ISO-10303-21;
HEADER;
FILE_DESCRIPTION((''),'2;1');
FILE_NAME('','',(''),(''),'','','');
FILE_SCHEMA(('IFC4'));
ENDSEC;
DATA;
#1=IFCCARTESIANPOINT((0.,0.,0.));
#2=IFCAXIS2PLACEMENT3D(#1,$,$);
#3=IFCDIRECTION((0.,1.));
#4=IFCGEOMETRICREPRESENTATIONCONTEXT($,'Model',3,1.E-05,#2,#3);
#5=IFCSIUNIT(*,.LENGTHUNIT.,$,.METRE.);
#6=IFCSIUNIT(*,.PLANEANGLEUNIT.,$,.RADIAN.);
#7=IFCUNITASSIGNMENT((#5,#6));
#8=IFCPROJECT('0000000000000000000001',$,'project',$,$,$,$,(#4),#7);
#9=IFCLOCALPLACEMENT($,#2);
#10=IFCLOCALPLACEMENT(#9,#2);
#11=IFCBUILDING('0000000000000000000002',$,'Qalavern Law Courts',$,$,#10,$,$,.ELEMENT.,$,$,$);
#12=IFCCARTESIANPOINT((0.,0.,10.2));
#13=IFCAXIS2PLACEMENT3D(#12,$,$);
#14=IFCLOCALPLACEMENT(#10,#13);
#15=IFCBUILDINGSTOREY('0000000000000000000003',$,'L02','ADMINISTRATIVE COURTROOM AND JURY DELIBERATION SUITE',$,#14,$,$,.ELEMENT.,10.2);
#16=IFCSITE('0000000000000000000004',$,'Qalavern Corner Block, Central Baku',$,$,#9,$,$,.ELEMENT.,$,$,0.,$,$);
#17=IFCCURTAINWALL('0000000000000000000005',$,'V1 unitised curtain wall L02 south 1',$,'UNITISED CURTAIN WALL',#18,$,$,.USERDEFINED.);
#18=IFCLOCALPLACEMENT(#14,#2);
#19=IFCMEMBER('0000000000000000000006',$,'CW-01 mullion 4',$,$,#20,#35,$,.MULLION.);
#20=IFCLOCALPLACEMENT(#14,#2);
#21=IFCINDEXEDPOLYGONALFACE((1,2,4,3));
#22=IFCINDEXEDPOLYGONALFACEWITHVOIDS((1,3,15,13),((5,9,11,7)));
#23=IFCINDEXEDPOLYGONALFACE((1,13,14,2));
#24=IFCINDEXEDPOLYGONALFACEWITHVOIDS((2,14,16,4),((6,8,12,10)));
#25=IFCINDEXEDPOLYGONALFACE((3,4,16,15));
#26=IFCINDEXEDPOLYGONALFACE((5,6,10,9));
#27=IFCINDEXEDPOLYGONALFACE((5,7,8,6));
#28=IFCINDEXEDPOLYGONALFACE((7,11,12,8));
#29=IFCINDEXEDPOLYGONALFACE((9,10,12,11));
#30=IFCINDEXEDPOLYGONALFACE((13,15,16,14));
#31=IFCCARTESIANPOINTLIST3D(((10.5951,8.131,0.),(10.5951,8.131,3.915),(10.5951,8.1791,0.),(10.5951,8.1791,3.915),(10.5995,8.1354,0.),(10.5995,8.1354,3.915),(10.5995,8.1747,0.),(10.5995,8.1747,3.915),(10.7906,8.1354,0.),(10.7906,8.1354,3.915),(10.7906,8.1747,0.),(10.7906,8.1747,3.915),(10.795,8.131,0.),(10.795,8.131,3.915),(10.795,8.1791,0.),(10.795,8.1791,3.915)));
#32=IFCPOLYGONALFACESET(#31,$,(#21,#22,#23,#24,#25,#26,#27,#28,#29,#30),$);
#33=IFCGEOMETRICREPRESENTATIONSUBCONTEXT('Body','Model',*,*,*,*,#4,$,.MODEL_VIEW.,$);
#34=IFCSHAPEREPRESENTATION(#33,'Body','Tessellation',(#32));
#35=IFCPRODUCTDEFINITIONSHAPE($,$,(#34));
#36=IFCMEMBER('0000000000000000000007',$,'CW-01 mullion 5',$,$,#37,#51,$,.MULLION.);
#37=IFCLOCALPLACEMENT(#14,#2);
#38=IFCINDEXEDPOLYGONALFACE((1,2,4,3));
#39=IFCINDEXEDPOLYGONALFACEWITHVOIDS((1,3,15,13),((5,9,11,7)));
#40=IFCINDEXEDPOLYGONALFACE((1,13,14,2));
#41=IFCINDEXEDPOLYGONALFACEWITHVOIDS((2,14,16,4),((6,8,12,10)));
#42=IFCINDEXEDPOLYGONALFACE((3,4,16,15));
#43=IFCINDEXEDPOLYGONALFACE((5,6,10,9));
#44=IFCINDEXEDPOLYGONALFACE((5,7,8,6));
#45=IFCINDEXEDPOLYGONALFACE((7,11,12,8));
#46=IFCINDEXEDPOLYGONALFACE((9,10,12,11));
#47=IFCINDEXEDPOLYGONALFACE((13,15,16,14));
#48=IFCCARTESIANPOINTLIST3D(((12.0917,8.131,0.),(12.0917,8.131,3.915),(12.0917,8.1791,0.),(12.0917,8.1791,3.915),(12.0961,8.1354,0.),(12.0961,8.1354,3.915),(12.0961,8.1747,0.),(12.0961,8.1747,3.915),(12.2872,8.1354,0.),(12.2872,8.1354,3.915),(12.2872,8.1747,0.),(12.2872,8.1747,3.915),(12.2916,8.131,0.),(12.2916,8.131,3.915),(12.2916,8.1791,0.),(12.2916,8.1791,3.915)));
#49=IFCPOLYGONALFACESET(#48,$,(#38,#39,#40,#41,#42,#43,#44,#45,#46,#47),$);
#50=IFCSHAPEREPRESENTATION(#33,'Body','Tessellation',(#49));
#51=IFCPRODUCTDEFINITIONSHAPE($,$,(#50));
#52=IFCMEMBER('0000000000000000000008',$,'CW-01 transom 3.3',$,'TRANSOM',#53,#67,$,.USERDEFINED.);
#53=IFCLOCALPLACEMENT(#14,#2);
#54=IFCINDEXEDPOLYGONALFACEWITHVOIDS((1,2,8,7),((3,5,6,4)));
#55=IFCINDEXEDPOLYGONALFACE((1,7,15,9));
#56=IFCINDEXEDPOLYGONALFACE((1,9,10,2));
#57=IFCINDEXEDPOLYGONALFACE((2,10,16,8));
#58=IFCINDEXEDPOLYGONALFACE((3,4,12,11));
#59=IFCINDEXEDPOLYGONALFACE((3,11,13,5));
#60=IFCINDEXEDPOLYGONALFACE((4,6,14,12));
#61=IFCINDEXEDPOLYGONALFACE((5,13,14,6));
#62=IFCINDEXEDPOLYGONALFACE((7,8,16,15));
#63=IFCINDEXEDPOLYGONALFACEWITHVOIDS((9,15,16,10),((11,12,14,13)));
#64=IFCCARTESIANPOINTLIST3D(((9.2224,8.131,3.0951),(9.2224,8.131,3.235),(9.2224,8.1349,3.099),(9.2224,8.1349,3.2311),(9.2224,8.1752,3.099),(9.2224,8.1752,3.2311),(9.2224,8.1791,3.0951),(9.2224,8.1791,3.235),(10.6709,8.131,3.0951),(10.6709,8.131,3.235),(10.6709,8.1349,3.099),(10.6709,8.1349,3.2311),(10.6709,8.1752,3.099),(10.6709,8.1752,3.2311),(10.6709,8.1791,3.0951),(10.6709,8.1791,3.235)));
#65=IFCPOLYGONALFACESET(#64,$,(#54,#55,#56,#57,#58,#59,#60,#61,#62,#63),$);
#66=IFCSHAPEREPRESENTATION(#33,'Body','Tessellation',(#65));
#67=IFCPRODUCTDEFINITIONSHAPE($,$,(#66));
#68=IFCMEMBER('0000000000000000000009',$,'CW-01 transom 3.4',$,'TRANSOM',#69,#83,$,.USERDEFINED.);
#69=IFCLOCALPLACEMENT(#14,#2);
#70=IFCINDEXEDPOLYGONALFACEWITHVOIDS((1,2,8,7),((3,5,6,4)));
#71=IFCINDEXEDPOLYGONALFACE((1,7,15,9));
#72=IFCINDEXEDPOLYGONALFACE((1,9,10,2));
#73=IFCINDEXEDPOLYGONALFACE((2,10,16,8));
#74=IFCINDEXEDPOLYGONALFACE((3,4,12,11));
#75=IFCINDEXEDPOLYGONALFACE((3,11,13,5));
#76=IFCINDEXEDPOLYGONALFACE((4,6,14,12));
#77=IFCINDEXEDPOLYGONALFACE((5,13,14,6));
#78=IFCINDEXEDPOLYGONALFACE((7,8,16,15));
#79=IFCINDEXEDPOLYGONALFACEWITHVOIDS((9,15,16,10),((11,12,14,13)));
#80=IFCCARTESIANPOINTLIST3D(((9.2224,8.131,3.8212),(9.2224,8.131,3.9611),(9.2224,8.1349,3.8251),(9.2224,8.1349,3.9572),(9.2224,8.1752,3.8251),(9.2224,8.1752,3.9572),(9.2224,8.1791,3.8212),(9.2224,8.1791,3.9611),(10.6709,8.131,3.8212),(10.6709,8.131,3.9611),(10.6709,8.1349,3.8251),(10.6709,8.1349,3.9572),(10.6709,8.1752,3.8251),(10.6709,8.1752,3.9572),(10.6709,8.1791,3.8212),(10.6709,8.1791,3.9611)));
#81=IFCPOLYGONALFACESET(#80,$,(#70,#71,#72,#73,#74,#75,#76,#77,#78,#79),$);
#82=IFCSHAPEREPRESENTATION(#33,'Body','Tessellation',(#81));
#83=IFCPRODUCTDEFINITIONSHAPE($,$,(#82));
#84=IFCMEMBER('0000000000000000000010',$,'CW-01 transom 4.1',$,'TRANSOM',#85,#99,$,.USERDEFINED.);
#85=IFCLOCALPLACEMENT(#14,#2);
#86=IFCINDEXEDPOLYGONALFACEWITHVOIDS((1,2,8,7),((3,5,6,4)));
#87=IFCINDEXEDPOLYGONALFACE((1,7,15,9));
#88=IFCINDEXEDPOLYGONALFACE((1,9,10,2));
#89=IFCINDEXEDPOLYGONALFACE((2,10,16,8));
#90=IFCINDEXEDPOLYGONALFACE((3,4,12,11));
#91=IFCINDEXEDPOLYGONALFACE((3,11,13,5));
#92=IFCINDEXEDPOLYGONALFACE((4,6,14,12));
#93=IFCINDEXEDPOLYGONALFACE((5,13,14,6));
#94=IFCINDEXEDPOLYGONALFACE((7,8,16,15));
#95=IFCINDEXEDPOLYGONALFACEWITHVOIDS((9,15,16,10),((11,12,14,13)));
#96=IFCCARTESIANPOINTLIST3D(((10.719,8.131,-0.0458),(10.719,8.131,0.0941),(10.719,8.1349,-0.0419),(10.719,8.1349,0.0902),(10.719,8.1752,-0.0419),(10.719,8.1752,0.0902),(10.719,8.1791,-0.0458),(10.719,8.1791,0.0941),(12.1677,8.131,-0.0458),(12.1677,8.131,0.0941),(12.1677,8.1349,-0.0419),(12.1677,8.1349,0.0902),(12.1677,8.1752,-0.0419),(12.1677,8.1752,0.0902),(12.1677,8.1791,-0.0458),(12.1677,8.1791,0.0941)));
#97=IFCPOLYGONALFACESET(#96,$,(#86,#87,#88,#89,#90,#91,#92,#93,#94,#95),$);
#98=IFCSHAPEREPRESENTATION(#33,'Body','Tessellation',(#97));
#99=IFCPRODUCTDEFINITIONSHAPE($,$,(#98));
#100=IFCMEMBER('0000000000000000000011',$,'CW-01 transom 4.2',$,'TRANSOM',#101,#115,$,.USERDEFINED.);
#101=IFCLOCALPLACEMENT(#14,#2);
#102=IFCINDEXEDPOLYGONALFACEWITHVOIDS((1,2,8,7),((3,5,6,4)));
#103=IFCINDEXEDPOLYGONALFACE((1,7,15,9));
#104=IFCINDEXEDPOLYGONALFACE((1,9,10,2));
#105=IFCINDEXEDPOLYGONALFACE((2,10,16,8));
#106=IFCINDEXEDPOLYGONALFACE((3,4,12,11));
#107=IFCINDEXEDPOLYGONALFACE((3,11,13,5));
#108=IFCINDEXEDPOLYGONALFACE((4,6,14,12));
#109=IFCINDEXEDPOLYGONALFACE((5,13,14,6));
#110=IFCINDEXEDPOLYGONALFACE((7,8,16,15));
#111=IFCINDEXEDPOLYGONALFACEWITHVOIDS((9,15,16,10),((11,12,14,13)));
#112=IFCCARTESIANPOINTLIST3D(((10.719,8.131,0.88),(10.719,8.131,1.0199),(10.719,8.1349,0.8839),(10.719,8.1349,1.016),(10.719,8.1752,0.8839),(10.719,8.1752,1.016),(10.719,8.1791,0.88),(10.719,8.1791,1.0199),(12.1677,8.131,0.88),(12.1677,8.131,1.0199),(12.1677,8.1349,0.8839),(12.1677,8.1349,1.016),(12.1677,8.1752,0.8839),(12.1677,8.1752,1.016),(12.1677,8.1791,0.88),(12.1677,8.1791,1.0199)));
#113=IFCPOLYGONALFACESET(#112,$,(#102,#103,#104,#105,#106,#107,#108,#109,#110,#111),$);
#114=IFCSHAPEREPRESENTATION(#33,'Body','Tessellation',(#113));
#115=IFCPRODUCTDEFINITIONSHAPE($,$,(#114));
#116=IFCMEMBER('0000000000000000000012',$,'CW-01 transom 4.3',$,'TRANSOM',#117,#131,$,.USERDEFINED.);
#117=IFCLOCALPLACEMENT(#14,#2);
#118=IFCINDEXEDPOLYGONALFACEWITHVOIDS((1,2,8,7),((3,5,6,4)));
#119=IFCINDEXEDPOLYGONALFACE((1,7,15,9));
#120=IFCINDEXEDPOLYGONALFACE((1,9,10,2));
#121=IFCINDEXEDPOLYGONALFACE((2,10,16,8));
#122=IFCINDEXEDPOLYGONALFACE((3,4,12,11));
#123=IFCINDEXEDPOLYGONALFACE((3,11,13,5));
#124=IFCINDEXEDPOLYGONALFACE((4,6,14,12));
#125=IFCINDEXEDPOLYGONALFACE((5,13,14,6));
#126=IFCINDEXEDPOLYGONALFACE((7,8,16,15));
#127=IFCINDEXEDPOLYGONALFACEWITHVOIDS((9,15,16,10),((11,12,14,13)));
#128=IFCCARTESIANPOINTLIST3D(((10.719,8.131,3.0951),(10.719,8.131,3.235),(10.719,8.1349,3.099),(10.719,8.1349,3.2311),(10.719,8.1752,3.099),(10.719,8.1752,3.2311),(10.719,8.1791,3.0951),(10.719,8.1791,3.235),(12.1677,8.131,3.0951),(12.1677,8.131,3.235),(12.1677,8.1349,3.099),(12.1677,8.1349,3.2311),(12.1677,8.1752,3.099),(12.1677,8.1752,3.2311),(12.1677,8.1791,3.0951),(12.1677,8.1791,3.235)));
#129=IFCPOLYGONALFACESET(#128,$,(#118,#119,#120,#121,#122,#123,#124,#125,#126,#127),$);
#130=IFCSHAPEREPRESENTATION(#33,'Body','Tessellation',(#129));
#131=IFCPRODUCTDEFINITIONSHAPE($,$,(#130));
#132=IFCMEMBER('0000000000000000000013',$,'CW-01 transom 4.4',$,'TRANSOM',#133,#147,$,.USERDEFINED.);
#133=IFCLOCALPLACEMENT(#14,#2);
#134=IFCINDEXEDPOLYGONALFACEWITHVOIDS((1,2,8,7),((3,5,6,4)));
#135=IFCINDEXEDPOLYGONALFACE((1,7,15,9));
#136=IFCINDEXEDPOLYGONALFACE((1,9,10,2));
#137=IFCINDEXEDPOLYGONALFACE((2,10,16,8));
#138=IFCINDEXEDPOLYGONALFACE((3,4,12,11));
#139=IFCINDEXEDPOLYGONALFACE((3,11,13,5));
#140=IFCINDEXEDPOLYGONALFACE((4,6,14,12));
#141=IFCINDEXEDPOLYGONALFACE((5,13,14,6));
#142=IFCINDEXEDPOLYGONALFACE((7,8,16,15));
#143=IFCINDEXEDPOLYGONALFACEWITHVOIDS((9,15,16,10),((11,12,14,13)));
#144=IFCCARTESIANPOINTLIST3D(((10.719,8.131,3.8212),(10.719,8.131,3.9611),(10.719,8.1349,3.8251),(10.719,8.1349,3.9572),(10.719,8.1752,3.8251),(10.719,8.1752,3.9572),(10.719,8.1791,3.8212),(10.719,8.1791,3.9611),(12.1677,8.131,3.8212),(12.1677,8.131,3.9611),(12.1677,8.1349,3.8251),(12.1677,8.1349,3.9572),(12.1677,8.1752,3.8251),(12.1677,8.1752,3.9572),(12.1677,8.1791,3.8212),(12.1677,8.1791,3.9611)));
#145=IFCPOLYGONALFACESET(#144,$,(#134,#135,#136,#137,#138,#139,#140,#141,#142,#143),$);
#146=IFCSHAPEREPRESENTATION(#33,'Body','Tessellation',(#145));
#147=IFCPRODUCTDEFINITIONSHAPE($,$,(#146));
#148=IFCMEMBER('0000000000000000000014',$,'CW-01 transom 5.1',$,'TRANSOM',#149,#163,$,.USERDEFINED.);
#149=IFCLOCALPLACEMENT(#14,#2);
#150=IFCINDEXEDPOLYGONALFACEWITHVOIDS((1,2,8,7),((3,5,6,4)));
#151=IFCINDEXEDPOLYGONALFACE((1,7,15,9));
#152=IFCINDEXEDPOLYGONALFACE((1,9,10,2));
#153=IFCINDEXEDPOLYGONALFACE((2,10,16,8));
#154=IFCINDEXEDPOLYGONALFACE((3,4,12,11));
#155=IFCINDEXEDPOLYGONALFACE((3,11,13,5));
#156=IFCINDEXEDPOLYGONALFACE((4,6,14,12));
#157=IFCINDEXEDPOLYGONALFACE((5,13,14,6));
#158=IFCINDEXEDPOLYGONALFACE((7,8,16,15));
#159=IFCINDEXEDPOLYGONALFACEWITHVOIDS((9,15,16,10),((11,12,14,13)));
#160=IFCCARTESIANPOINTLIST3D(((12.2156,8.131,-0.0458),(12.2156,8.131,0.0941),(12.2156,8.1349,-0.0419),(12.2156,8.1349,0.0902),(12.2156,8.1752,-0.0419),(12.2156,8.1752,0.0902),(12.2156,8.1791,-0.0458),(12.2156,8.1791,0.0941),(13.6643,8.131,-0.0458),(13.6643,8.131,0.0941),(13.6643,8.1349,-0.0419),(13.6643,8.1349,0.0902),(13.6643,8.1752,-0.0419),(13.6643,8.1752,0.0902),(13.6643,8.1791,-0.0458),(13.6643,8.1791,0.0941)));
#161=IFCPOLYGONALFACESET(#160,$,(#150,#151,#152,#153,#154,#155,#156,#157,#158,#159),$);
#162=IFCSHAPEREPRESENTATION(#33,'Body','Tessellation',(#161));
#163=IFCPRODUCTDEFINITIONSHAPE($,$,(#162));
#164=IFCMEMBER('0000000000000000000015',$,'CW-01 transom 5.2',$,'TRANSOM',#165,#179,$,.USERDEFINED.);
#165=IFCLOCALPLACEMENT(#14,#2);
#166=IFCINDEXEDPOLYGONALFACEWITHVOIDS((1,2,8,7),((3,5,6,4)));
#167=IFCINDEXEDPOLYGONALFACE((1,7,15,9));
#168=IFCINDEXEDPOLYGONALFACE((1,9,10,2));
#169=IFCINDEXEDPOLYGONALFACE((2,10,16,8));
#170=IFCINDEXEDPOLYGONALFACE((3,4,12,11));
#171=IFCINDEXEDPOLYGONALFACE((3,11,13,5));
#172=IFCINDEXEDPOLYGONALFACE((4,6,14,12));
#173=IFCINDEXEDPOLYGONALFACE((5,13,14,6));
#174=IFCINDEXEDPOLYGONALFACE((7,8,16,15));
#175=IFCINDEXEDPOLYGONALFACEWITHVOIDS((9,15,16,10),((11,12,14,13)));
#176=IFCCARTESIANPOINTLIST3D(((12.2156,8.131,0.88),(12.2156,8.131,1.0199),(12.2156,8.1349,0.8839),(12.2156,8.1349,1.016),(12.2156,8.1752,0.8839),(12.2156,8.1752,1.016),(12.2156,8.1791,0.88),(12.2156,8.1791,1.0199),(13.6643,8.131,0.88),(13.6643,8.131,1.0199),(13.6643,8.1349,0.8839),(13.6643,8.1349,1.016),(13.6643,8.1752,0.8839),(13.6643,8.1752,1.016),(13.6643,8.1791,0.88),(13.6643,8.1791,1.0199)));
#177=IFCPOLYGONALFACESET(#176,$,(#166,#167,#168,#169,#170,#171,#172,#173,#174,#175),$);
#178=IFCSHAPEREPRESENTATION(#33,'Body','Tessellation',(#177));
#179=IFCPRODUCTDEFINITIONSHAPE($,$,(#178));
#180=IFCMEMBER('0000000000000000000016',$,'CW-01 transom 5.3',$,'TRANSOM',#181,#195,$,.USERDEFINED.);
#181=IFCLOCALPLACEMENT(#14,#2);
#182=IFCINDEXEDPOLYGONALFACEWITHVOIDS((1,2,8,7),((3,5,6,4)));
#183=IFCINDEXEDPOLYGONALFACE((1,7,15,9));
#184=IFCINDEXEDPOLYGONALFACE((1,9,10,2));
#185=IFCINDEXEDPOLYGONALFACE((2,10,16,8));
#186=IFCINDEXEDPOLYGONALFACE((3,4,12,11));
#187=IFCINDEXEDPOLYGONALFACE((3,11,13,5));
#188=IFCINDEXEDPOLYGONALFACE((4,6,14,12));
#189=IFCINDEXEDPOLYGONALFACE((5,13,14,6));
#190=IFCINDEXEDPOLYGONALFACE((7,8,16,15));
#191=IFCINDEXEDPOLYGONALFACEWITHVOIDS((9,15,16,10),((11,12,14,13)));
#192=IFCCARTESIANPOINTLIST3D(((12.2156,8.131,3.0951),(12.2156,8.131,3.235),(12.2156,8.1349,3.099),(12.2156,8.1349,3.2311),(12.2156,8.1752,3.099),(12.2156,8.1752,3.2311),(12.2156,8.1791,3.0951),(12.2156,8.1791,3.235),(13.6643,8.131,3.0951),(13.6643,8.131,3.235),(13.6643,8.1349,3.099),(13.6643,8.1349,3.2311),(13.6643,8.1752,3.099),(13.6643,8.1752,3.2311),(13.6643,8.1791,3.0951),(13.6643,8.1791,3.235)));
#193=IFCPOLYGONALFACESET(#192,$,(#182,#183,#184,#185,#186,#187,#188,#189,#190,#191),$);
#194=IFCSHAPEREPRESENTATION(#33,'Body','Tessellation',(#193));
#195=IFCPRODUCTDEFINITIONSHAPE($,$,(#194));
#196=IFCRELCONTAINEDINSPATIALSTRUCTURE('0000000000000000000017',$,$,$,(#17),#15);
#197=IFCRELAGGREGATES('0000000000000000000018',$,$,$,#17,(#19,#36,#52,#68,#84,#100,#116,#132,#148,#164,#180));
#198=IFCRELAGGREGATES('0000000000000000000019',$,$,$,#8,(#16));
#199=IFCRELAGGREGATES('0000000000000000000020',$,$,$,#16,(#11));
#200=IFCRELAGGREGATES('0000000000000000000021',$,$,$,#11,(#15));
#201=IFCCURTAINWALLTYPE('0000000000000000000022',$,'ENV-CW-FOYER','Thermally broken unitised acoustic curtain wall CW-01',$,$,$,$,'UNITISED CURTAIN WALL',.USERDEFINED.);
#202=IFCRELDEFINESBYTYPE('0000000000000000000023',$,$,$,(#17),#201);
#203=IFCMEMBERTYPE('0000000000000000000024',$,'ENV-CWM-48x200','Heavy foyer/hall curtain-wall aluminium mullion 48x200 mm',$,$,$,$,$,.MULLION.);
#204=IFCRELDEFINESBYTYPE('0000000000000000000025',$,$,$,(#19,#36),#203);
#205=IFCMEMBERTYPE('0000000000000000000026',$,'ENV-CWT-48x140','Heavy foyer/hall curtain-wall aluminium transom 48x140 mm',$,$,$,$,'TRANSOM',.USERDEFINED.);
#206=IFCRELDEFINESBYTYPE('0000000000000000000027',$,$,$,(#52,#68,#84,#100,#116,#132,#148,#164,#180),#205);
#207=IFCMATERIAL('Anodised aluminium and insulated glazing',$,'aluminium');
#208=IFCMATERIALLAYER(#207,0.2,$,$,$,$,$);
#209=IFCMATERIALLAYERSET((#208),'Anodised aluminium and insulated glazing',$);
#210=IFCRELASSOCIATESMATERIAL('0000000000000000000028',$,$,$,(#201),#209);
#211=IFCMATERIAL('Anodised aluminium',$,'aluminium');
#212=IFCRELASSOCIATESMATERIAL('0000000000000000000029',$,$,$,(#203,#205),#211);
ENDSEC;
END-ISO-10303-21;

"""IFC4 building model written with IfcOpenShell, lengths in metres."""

from ifc_helpers import new_model, si_unit, direction, frame, origin, origin_2d, place, context, subcontext, project, spatial, hollow_rectangle, extrude, material, layer, layer_set, material_profile, profile_set, type_object, element, aggregate, save


model = new_model("IFC4")

# Units and contexts
model_context = context("Model", 3, precision=1e-05, world=origin(), true_north=direction((0.0, 1.0)))
body_context = subcontext(model_context, "Body", "Model", "MODEL_VIEW")
ifc_project = project(units=[si_unit("LENGTHUNIT", "METRE"), si_unit("PLANEANGLEUNIT", "RADIAN")], contexts=[model_context])

# Site, building, storey
site_placement = place(None, origin())
site = spatial("IfcSite", under=ifc_project, at=site_placement, Name="Qalavern Corner Block, Central Baku", CompositionType="ELEMENT", RefElevation=0.0)
building_placement = place(site_placement, origin())
building = spatial("IfcBuilding", under=site, at=building_placement, Name="Qalavern Law Courts", CompositionType="ELEMENT")
storey_placement = place(building_placement, frame((0.0, 0.0, 10.2)))
storey = spatial("IfcBuildingStorey", under=building, at=storey_placement, Name="L02", Description="ADMINISTRATIVE COURTROOM AND JURY DELIBERATION SUITE", CompositionType="ELEMENT", Elevation=10.2)

# Curtain wall, members
ifc_material_1 = material(Name="Anodised aluminium and insulated glazing", Category="aluminium")
ifc_layer_1 = layer(ifc_material_1, 0.2)
ifc_layer_set_1 = layer_set([ifc_layer_1], Name="Anodised aluminium and insulated glazing")
curtain_wall_type = type_object("IfcCurtainWallType", Name="ENV-CW-FOYER", Description="Thermally broken unitised acoustic curtain wall CW-01", ElementType="UNITISED CURTAIN WALL", PredefinedType="USERDEFINED", material=ifc_layer_set_1)
curtain_wall_placement = place(storey_placement, origin())
curtain_wall = element("IfcCurtainWall", 1, at=curtain_wall_placement, inside=storey, type_object=curtain_wall_type, Name="V1 unitised curtain wall L02 south 1", ObjectType="UNITISED CURTAIN WALL", PredefinedType="USERDEFINED")
ifc_material_2 = material(Name="Anodised aluminium", Category="aluminium")
ifc_material_profile_1 = material_profile(ifc_material_2, hollow_rectangle(XDim=0.0481, YDim=0.2, WallThickness=0.0044, at=origin_2d()), Name="ALU MULLION 48x200")
ifc_profile_set_1 = profile_set([ifc_material_profile_1], Name="Anodised aluminium")
member_type_1 = type_object("IfcMemberType", Name="ENV-CWM-48x200", Description="Heavy foyer/hall curtain-wall aluminium mullion 48x200 mm", PredefinedType="MULLION", material=ifc_profile_set_1)
member_1_placement = place(storey_placement, frame((10.6951, 8.155, 0.0), z_axis=(0.0, 0.0, 1.0), x_axis=(0.0, 1.0, 0.0)))
member_1 = element("IfcMember", 2, at=member_1_placement, type_object=member_type_1, Name="CW-01 mullion 4", PredefinedType="MULLION", context=body_context, shape_type="SweptSolid", body=[
    extrude(hollow_rectangle(XDim=0.0481, YDim=0.2, WallThickness=0.0044, at=origin_2d()), origin(), (0.0, 0.0, 1.0), 3.915),
])
member_2_placement = place(storey_placement, frame((12.1917, 8.155, 0.0), z_axis=(0.0, 0.0, 1.0), x_axis=(0.0, 1.0, 0.0)))
member_2 = element("IfcMember", 3, at=member_2_placement, type_object=member_type_1, Name="CW-01 mullion 5", PredefinedType="MULLION", context=body_context, shape_type="SweptSolid", body=[
    extrude(hollow_rectangle(XDim=0.0481, YDim=0.2, WallThickness=0.0044, at=origin_2d()), origin(), (0.0, 0.0, 1.0), 3.915),
])
ifc_material_profile_2 = material_profile(ifc_material_2, hollow_rectangle(XDim=0.0481, YDim=0.1399, WallThickness=0.0039, at=origin_2d()), Name="ALU TRANSOM 48x140")
ifc_profile_set_2 = profile_set([ifc_material_profile_2], Name="Anodised aluminium")
member_type_2 = type_object("IfcMemberType", Name="ENV-CWT-48x140", Description="Heavy foyer/hall curtain-wall aluminium transom 48x140 mm", ElementType="TRANSOM", PredefinedType="USERDEFINED", material=ifc_profile_set_2)
member_3_placement = place(storey_placement, frame((9.2224, 8.155, 3.165), z_axis=(1.0, 0.0, 0.0), x_axis=(0.0, 1.0, 0.0)))
member_3 = element("IfcMember", 4, at=member_3_placement, type_object=member_type_2, Name="CW-01 transom 3.3", ObjectType="TRANSOM", PredefinedType="USERDEFINED", context=body_context, shape_type="SweptSolid", body=[
    extrude(hollow_rectangle(XDim=0.0481, YDim=0.1399, WallThickness=0.0039, at=origin_2d()), origin(), (0.0, 0.0, 1.0), 1.4485),
])
member_4_placement = place(storey_placement, frame((9.2224, 8.155, 3.8911), z_axis=(1.0, 0.0, 0.0), x_axis=(0.0, 1.0, 0.0)))
member_4 = element("IfcMember", 5, at=member_4_placement, type_object=member_type_2, Name="CW-01 transom 3.4", ObjectType="TRANSOM", PredefinedType="USERDEFINED", context=body_context, shape_type="SweptSolid", body=[
    extrude(hollow_rectangle(XDim=0.0481, YDim=0.1399, WallThickness=0.0039, at=origin_2d()), origin(), (0.0, 0.0, 1.0), 1.4485),
])
member_5_placement = place(storey_placement, frame((10.719, 8.155, 0.0242), z_axis=(1.0, 0.0, 0.0), x_axis=(0.0, 1.0, 0.0)))
member_5 = element("IfcMember", 6, at=member_5_placement, type_object=member_type_2, Name="CW-01 transom 4.1", ObjectType="TRANSOM", PredefinedType="USERDEFINED", context=body_context, shape_type="SweptSolid", body=[
    extrude(hollow_rectangle(XDim=0.0481, YDim=0.1399, WallThickness=0.0039, at=origin_2d()), origin(), (0.0, 0.0, 1.0), 1.4487),
])
member_6_placement = place(storey_placement, frame((10.719, 8.155, 0.95), z_axis=(1.0, 0.0, 0.0), x_axis=(0.0, 1.0, 0.0)))
member_6 = element("IfcMember", 7, at=member_6_placement, type_object=member_type_2, Name="CW-01 transom 4.2", ObjectType="TRANSOM", PredefinedType="USERDEFINED", context=body_context, shape_type="SweptSolid", body=[
    extrude(hollow_rectangle(XDim=0.0481, YDim=0.1399, WallThickness=0.0039, at=origin_2d()), origin(), (0.0, 0.0, 1.0), 1.4487),
])
member_7_placement = place(storey_placement, frame((10.719, 8.155, 3.165), z_axis=(1.0, 0.0, 0.0), x_axis=(0.0, 1.0, 0.0)))
member_7 = element("IfcMember", 8, at=member_7_placement, type_object=member_type_2, Name="CW-01 transom 4.3", ObjectType="TRANSOM", PredefinedType="USERDEFINED", context=body_context, shape_type="SweptSolid", body=[
    extrude(hollow_rectangle(XDim=0.0481, YDim=0.1399, WallThickness=0.0039, at=origin_2d()), origin(), (0.0, 0.0, 1.0), 1.4487),
])
member_8_placement = place(storey_placement, frame((10.719, 8.155, 3.8911), z_axis=(1.0, 0.0, 0.0), x_axis=(0.0, 1.0, 0.0)))
member_8 = element("IfcMember", 9, at=member_8_placement, type_object=member_type_2, Name="CW-01 transom 4.4", ObjectType="TRANSOM", PredefinedType="USERDEFINED", context=body_context, shape_type="SweptSolid", body=[
    extrude(hollow_rectangle(XDim=0.0481, YDim=0.1399, WallThickness=0.0039, at=origin_2d()), origin(), (0.0, 0.0, 1.0), 1.4487),
])
member_9_placement = place(storey_placement, frame((12.2156, 8.155, 0.0242), z_axis=(1.0, 0.0, 0.0), x_axis=(0.0, 1.0, 0.0)))
member_9 = element("IfcMember", 10, at=member_9_placement, type_object=member_type_2, Name="CW-01 transom 5.1", ObjectType="TRANSOM", PredefinedType="USERDEFINED", context=body_context, shape_type="SweptSolid", body=[
    extrude(hollow_rectangle(XDim=0.0481, YDim=0.1399, WallThickness=0.0039, at=origin_2d()), origin(), (0.0, 0.0, 1.0), 1.4487),
])
member_10_placement = place(storey_placement, frame((12.2156, 8.155, 0.95), z_axis=(1.0, 0.0, 0.0), x_axis=(0.0, 1.0, 0.0)))
member_10 = element("IfcMember", 11, at=member_10_placement, type_object=member_type_2, Name="CW-01 transom 5.2", ObjectType="TRANSOM", PredefinedType="USERDEFINED", context=body_context, shape_type="SweptSolid", body=[
    extrude(hollow_rectangle(XDim=0.0481, YDim=0.1399, WallThickness=0.0039, at=origin_2d()), origin(), (0.0, 0.0, 1.0), 1.4487),
])
member_11_placement = place(storey_placement, frame((12.2156, 8.155, 3.165), z_axis=(1.0, 0.0, 0.0), x_axis=(0.0, 1.0, 0.0)))
member_11 = element("IfcMember", 12, at=member_11_placement, type_object=member_type_2, Name="CW-01 transom 5.3", ObjectType="TRANSOM", PredefinedType="USERDEFINED", context=body_context, shape_type="SweptSolid", body=[
    extrude(hollow_rectangle(XDim=0.0481, YDim=0.1399, WallThickness=0.0039, at=origin_2d()), origin(), (0.0, 0.0, 1.0), 1.4487),
])

aggregate(curtain_wall, [member_1, member_2, member_3, member_4, member_5, member_6, member_7, member_8, member_9, member_10, member_11])

save(model, "model.ifc")
